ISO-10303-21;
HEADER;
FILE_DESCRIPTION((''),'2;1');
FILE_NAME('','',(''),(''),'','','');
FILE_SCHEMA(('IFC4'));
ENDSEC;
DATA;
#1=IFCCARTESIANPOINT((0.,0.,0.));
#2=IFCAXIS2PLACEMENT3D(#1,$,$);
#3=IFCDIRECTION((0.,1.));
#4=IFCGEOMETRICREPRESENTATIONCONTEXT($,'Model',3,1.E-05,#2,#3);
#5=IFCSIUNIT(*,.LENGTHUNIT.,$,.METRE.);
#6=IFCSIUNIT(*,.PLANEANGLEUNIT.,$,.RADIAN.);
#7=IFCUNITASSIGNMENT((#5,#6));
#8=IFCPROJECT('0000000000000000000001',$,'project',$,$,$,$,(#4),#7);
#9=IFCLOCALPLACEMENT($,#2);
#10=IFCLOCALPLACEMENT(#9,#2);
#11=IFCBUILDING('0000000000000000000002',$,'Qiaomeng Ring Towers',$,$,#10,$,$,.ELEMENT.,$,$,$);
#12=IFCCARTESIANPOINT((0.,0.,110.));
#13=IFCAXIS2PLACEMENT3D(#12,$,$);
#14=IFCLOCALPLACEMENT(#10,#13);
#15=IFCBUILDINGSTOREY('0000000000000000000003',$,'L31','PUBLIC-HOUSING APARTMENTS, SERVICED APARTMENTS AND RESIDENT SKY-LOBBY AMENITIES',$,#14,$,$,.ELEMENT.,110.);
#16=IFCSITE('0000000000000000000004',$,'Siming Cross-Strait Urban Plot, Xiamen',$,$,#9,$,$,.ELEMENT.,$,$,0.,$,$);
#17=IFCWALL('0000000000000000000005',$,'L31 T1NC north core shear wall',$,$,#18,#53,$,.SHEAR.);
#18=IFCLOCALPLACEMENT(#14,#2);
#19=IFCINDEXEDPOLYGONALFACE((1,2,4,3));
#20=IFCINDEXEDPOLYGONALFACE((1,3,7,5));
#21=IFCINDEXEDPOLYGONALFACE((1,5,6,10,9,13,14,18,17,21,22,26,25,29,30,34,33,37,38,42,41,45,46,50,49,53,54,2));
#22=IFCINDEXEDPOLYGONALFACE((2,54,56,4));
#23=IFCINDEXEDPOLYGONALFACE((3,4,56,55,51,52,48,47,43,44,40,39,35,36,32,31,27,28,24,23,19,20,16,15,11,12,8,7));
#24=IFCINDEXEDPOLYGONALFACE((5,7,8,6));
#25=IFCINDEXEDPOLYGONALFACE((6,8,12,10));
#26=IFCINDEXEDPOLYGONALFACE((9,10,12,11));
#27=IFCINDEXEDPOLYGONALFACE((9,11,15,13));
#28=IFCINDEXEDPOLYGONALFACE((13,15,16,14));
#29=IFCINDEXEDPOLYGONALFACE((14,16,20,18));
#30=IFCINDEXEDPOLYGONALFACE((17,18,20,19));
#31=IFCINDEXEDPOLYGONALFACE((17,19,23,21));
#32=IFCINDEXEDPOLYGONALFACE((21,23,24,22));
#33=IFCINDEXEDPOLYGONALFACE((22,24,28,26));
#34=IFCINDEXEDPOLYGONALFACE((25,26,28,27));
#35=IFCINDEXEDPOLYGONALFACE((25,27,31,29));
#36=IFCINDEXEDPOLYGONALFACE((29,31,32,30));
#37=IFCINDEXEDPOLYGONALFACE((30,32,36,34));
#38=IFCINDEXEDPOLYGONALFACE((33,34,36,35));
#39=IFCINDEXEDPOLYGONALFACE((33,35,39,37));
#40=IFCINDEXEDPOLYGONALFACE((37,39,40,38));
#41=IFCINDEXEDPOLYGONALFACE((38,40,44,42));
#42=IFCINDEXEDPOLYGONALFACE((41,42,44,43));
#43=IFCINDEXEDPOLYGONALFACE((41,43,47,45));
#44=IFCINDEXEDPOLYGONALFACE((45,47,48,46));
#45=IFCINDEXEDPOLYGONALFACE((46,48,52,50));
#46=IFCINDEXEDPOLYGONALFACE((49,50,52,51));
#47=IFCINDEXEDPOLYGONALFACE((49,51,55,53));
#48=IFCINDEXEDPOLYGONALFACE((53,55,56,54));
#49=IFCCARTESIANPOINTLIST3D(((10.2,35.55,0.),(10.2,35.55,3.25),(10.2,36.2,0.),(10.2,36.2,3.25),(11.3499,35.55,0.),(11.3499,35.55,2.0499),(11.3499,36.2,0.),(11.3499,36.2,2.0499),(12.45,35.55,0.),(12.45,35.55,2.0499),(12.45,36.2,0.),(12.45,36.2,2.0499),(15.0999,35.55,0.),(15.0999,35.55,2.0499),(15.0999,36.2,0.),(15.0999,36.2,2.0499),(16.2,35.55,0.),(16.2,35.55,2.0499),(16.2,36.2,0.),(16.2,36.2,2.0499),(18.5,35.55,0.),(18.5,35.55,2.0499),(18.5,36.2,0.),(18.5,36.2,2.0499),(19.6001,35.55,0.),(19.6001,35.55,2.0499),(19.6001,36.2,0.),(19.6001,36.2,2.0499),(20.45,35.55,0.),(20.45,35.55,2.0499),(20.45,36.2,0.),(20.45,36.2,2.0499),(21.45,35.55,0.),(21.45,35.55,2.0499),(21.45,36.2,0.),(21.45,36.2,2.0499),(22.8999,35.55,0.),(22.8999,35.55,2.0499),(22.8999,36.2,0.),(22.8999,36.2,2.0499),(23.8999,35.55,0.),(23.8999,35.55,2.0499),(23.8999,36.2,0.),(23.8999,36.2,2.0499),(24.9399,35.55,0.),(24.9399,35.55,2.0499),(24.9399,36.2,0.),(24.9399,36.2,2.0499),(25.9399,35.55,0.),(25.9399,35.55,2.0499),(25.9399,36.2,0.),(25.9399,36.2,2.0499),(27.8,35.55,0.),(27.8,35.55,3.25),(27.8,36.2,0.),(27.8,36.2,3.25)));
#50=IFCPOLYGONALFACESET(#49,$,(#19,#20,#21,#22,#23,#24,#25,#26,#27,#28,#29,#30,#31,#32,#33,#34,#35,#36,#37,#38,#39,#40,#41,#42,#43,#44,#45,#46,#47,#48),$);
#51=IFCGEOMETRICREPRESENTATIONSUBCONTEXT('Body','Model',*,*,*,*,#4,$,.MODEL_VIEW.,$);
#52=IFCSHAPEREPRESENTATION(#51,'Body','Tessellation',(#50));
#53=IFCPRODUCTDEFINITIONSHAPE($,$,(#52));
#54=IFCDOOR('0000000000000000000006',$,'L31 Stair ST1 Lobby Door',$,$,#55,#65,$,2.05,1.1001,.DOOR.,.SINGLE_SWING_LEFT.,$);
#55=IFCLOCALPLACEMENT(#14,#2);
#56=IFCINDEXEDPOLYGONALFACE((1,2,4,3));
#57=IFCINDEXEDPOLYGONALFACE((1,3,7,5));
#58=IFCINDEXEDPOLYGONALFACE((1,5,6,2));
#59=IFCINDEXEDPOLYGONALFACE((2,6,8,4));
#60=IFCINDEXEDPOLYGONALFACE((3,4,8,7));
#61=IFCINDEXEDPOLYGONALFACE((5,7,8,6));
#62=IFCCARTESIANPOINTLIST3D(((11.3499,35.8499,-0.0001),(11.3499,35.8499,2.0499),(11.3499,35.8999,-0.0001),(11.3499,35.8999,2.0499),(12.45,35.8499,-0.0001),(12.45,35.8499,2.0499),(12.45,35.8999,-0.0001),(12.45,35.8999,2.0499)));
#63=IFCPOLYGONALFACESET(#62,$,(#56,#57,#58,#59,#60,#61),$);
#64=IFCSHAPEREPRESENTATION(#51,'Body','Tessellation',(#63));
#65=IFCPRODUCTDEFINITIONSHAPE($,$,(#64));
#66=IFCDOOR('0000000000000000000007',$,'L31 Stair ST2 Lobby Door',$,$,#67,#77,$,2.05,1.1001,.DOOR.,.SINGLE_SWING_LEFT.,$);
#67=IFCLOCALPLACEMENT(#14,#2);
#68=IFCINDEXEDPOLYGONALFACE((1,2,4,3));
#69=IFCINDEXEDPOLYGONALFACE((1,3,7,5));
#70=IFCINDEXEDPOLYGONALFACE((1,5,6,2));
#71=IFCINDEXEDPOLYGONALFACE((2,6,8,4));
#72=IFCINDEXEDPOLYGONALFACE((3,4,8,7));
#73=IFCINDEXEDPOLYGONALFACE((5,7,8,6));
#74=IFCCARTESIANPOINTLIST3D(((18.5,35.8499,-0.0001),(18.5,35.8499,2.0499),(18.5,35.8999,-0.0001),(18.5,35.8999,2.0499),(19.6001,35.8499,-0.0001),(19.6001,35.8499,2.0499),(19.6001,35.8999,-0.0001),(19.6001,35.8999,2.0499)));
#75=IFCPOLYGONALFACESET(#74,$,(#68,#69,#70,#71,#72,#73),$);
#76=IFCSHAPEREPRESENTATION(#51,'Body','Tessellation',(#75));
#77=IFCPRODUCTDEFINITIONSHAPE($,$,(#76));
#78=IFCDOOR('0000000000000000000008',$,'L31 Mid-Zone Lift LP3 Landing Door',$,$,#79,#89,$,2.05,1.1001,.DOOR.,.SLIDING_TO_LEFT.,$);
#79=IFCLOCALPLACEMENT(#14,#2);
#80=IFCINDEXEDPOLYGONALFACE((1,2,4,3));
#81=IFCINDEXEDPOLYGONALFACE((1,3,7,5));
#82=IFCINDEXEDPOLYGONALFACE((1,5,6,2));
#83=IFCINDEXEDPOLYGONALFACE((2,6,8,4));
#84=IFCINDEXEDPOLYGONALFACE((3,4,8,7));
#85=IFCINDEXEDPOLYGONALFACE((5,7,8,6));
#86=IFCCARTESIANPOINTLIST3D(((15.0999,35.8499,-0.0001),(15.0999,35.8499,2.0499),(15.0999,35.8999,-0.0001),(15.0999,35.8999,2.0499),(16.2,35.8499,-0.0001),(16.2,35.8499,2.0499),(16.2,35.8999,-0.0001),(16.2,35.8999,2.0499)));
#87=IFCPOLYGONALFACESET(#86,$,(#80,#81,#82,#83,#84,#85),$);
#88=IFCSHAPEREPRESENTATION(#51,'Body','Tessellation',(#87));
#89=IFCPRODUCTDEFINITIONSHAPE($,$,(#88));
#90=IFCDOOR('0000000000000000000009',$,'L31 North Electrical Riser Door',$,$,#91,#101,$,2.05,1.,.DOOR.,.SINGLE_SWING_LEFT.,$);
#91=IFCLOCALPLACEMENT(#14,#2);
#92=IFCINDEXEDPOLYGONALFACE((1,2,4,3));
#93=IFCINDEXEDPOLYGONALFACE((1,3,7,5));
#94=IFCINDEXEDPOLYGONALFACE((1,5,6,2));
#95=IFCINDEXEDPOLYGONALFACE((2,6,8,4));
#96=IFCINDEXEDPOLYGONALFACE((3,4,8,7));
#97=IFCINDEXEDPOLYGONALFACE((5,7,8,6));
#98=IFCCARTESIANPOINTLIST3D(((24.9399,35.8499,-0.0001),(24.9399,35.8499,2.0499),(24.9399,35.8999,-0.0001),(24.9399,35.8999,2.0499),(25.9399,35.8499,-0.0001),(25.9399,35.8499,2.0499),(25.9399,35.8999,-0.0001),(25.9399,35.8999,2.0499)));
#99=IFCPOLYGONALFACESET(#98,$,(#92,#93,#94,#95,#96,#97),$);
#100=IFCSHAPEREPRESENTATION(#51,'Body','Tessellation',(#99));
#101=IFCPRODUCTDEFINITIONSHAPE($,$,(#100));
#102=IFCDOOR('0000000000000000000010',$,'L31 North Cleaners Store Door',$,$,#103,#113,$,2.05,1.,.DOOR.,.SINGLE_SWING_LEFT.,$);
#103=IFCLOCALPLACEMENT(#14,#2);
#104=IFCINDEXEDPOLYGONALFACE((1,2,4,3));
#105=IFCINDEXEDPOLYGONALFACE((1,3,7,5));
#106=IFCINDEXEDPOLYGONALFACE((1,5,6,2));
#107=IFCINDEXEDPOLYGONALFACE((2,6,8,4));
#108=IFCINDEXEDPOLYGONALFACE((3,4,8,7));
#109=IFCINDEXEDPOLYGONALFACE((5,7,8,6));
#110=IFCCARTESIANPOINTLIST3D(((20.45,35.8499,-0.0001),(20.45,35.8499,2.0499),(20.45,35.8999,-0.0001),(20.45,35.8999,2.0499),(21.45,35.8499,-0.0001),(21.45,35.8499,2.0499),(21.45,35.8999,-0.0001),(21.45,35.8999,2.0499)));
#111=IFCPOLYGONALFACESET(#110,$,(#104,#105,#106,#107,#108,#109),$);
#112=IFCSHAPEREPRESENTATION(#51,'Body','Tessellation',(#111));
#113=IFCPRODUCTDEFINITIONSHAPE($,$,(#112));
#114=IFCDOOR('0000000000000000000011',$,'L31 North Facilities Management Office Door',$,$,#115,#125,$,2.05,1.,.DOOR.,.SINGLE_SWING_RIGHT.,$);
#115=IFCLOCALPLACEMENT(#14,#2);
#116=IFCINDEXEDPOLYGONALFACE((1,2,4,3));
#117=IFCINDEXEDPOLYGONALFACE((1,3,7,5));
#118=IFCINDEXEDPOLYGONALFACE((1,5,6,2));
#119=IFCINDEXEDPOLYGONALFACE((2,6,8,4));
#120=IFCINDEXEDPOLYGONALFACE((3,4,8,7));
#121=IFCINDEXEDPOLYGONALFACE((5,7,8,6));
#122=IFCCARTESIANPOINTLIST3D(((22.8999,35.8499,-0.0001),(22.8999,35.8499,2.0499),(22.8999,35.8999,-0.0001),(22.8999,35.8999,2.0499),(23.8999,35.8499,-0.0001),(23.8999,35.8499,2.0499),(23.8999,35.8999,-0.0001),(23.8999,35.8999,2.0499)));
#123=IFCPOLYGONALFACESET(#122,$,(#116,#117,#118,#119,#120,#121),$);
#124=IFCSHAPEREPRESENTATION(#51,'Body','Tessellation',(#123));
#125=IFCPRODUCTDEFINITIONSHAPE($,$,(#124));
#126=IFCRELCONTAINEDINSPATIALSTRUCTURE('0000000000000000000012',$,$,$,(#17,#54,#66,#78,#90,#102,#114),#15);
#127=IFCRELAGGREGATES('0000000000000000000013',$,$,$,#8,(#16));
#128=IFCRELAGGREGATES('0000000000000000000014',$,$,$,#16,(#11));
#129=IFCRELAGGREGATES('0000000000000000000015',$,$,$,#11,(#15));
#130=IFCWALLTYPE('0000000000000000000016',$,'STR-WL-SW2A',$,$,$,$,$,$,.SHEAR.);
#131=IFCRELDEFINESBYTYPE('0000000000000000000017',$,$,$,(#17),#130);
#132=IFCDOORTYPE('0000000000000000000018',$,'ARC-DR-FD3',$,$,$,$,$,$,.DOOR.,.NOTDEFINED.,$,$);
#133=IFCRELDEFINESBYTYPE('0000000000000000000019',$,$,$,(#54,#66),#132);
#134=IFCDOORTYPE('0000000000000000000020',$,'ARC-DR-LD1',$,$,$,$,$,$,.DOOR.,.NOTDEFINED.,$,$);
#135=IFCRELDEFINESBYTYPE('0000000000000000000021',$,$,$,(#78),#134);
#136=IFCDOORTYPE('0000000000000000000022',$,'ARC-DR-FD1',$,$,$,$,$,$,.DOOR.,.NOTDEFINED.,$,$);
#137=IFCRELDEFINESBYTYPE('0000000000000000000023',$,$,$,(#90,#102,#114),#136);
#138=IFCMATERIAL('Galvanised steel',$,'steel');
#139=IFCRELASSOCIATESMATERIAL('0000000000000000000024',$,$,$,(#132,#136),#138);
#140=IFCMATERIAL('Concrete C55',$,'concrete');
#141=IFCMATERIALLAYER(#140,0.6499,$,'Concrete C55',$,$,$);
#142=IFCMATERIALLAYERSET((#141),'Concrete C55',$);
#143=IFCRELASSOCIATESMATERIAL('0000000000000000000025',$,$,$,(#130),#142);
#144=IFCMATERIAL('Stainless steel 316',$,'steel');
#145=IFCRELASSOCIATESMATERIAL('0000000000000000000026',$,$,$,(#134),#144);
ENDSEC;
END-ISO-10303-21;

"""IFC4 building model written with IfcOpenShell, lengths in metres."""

from ifc_helpers import new_model, si_unit, direction, frame, frame_2d, origin, place, context, subcontext, project, spatial, rectangle, extrude, source, transform, mapped, material, layer, layer_set, type_object, element, fill, save


model = new_model("IFC4")

# Units and contexts
model_context = context("Model", 3, precision=1e-05, world=origin(), true_north=direction((0.0, 1.0)))
body_context = subcontext(model_context, "Body", "Model", "MODEL_VIEW")
ifc_project = project(units=[si_unit("LENGTHUNIT", "METRE"), si_unit("PLANEANGLEUNIT", "RADIAN")], contexts=[model_context])

# Site, building, storey
site_placement = place(None, origin())
site = spatial("IfcSite", under=ifc_project, at=site_placement, Name="Siming Cross-Strait Urban Plot, Xiamen", CompositionType="ELEMENT", RefElevation=0.0)
building_placement = place(site_placement, origin())
building = spatial("IfcBuilding", under=site, at=building_placement, Name="Qiaomeng Ring Towers", CompositionType="ELEMENT")
storey_placement = place(building_placement, frame((0.0, 0.0, 110.0)))
storey = spatial("IfcBuildingStorey", under=building, at=storey_placement, Name="L31", Description="PUBLIC-HOUSING APARTMENTS, SERVICED APARTMENTS AND RESIDENT SKY-LOBBY AMENITIES", CompositionType="ELEMENT", Elevation=110.0)

# Shared definitions
ifc_material_1 = material(Name="Concrete C55", Category="concrete")

# Shared definitions
shared_shape_1 = source(origin(), body_context, "Body", "SweptSolid", [
    extrude(rectangle(XDim=1.0, YDim=2.05, at=frame_2d((0.5, 1.0249))), frame((0.0, 0.0249, 0.0), z_axis=(0.0, -1.0, 0.0), x_axis=(1.0, 0.0, 0.0)), (0.0, 0.0, 1.0), 0.05),
])

# Shared definitions
ifc_material_2 = material(Name="Galvanised steel", Category="steel")
door_type_1 = type_object("IfcDoorType", Name="ARC-DR-FD3", OperationType="NOTDEFINED", PredefinedType="DOOR", material=ifc_material_2)
shared_shape_2 = source(origin(), body_context, "Body", "SweptSolid", [
    extrude(rectangle(XDim=1.1001, YDim=2.05, at=frame_2d((0.55, 1.0249))), frame((0.0, 0.0249, 0.0), z_axis=(0.0, -1.0, 0.0), x_axis=(1.0, 0.0, 0.0)), (0.0, 0.0, 1.0), 0.05),
])

# Wall, openings, doors
ifc_layer_1 = layer(ifc_material_1, 0.6499, Name="Concrete C55")
ifc_layer_set_1 = layer_set([ifc_layer_1], Name="Concrete C55")
wall_type_1 = type_object("IfcWallType", Name="STR-WL-SW2A", PredefinedType="SHEAR", material=ifc_layer_set_1)
wall_1_placement = place(storey_placement, frame((10.2, 35.875, 0.0), z_axis=(0.0, 0.0, 1.0), x_axis=(1.0, 0.0, 0.0)))
wall_1 = element("IfcWall", 1, at=wall_1_placement, inside=storey, type_object=wall_type_1, Name="L31 T1NC north core shear wall", PredefinedType="SHEAR", context=body_context, shape_type="SweptSolid", body=[
    extrude(rectangle(XDim=17.6001, YDim=0.6499, at=frame_2d((8.8, 0.0))), origin(), (0.0, 0.0, 1.0), 3.25),
])
opening_1_placement = place(wall_1_placement, frame((1.1499, 0.0, 0.0)))
opening_1 = element("IfcOpeningElement", 2, at=opening_1_placement, cuts=wall_1, PredefinedType="OPENING", context=body_context, shape_type="SweptSolid", body=[
    extrude(rectangle(XDim=1.1001, YDim=2.05, at=frame_2d((0.55, 1.0249))), frame((0.0, 0.335, 0.0), z_axis=(0.0, -1.0, 0.0), x_axis=(1.0, 0.0, 0.0)), (0.0, 0.0, 1.0), 0.6699),
])
opening_2_placement = place(wall_1_placement, frame((8.3, 0.0, 0.0)))
opening_2 = element("IfcOpeningElement", 3, at=opening_2_placement, cuts=wall_1, PredefinedType="OPENING", context=body_context, shape_type="SweptSolid", body=[
    extrude(rectangle(XDim=1.1001, YDim=2.05, at=frame_2d((0.55, 1.0249))), frame((0.0, 0.335, 0.0), z_axis=(0.0, -1.0, 0.0), x_axis=(1.0, 0.0, 0.0)), (0.0, 0.0, 1.0), 0.6699),
])
opening_3_placement = place(wall_1_placement, frame((4.8999, 0.0, 0.0)))
opening_3 = element("IfcOpeningElement", 4, at=opening_3_placement, cuts=wall_1, PredefinedType="OPENING", context=body_context, shape_type="SweptSolid", body=[
    extrude(rectangle(XDim=1.1001, YDim=2.05, at=frame_2d((0.55, 1.0249))), frame((0.0, 0.335, 0.0), z_axis=(0.0, -1.0, 0.0), x_axis=(1.0, 0.0, 0.0)), (0.0, 0.0, 1.0), 0.6699),
])
opening_4_placement = place(wall_1_placement, frame((14.74, 0.0, 0.0)))
opening_4 = element("IfcOpeningElement", 5, at=opening_4_placement, cuts=wall_1, PredefinedType="OPENING", context=body_context, shape_type="SweptSolid", body=[
    extrude(rectangle(XDim=1.0, YDim=2.05, at=frame_2d((0.5, 1.0249))), frame((0.0, 0.335, 0.0), z_axis=(0.0, -1.0, 0.0), x_axis=(1.0, 0.0, 0.0)), (0.0, 0.0, 1.0), 0.6699),
])
opening_5_placement = place(wall_1_placement, frame((10.25, 0.0, 0.0)))
opening_5 = element("IfcOpeningElement", 6, at=opening_5_placement, cuts=wall_1, PredefinedType="OPENING", context=body_context, shape_type="SweptSolid", body=[
    extrude(rectangle(XDim=1.0, YDim=2.05, at=frame_2d((0.5, 1.0249))), frame((0.0, 0.335, 0.0), z_axis=(0.0, -1.0, 0.0), x_axis=(1.0, 0.0, 0.0)), (0.0, 0.0, 1.0), 0.6699),
])
opening_6_placement = place(wall_1_placement, frame((12.7, 0.0, 0.0)))
opening_6 = element("IfcOpeningElement", 7, at=opening_6_placement, cuts=wall_1, PredefinedType="OPENING", context=body_context, shape_type="SweptSolid", body=[
    extrude(rectangle(XDim=1.0, YDim=2.05, at=frame_2d((0.5, 1.0249))), frame((0.0, 0.335, 0.0), z_axis=(0.0, -1.0, 0.0), x_axis=(1.0, 0.0, 0.0)), (0.0, 0.0, 1.0), 0.6699),
])
door_1_placement = place(opening_1_placement, origin())
door_1 = element("IfcDoor", 8, at=door_1_placement, inside=storey, type_object=door_type_1, Name="L31 Stair ST1 Lobby Door", OperationType="SINGLE_SWING_LEFT", OverallHeight=2.05, OverallWidth=1.1001, PredefinedType="DOOR", context=body_context, shape_type="MappedRepresentation", body=[
    mapped(shared_shape_2, transform((0.0, 0.0, 0.0), x_axis=(1.0, 0.0, 0.0), y_axis=(0.0, 1.0, 0.0), z_axis=(0.0, 0.0, 1.0), scale=1.0)),
])
fill(opening_1, door_1)
door_2_placement = place(opening_2_placement, origin())
door_2 = element("IfcDoor", 9, at=door_2_placement, inside=storey, type_object=door_type_1, Name="L31 Stair ST2 Lobby Door", OperationType="SINGLE_SWING_LEFT", OverallHeight=2.05, OverallWidth=1.1001, PredefinedType="DOOR", context=body_context, shape_type="MappedRepresentation", body=[
    mapped(shared_shape_2, transform((0.0, 0.0, 0.0), x_axis=(1.0, 0.0, 0.0), y_axis=(0.0, 1.0, 0.0), z_axis=(0.0, 0.0, 1.0), scale=1.0)),
])
fill(opening_2, door_2)
ifc_material_3 = material(Name="Stainless steel 316", Category="steel")
door_type_2 = type_object("IfcDoorType", Name="ARC-DR-LD1", OperationType="NOTDEFINED", PredefinedType="DOOR", material=ifc_material_3)
door_3_placement = place(opening_3_placement, origin())
door_3 = element("IfcDoor", 10, at=door_3_placement, inside=storey, type_object=door_type_2, Name="L31 Mid-Zone Lift LP3 Landing Door", OperationType="SLIDING_TO_LEFT", OverallHeight=2.05, OverallWidth=1.1001, PredefinedType="DOOR", context=body_context, shape_type="MappedRepresentation", body=[
    mapped(shared_shape_2, transform((0.0, 0.0, 0.0), x_axis=(1.0, 0.0, 0.0), y_axis=(0.0, 1.0, 0.0), z_axis=(0.0, 0.0, 1.0), scale=1.0)),
])
fill(opening_3, door_3)
door_type_3 = type_object("IfcDoorType", Name="ARC-DR-FD1", OperationType="NOTDEFINED", PredefinedType="DOOR", material=ifc_material_2)
door_4_placement = place(opening_4_placement, origin())
door_4 = element("IfcDoor", 11, at=door_4_placement, inside=storey, type_object=door_type_3, Name="L31 North Electrical Riser Door", OperationType="SINGLE_SWING_LEFT", OverallHeight=2.05, OverallWidth=1.0, PredefinedType="DOOR", context=body_context, shape_type="MappedRepresentation", body=[
    mapped(shared_shape_1, transform((0.0, 0.0, 0.0), x_axis=(1.0, 0.0, 0.0), y_axis=(0.0, 1.0, 0.0), z_axis=(0.0, 0.0, 1.0), scale=1.0)),
])
fill(opening_4, door_4)
door_5_placement = place(opening_5_placement, origin())
door_5 = element("IfcDoor", 12, at=door_5_placement, inside=storey, type_object=door_type_3, Name="L31 North Cleaners Store Door", OperationType="SINGLE_SWING_LEFT", OverallHeight=2.05, OverallWidth=1.0, PredefinedType="DOOR", context=body_context, shape_type="MappedRepresentation", body=[
    mapped(shared_shape_1, transform((0.0, 0.0, 0.0), x_axis=(1.0, 0.0, 0.0), y_axis=(0.0, 1.0, 0.0), z_axis=(0.0, 0.0, 1.0), scale=1.0)),
])
fill(opening_5, door_5)
door_6_placement = place(opening_6_placement, origin())
door_6 = element("IfcDoor", 13, at=door_6_placement, inside=storey, type_object=door_type_3, Name="L31 North Facilities Management Office Door", OperationType="SINGLE_SWING_RIGHT", OverallHeight=2.05, OverallWidth=1.0, PredefinedType="DOOR", context=body_context, shape_type="MappedRepresentation", body=[
    mapped(shared_shape_1, transform((0.0, 0.0, 0.0), x_axis=(1.0, 0.0, 0.0), y_axis=(0.0, 1.0, 0.0), z_axis=(0.0, 0.0, 1.0), scale=1.0)),
])
fill(opening_6, door_6)

save(model, "model.ifc")
